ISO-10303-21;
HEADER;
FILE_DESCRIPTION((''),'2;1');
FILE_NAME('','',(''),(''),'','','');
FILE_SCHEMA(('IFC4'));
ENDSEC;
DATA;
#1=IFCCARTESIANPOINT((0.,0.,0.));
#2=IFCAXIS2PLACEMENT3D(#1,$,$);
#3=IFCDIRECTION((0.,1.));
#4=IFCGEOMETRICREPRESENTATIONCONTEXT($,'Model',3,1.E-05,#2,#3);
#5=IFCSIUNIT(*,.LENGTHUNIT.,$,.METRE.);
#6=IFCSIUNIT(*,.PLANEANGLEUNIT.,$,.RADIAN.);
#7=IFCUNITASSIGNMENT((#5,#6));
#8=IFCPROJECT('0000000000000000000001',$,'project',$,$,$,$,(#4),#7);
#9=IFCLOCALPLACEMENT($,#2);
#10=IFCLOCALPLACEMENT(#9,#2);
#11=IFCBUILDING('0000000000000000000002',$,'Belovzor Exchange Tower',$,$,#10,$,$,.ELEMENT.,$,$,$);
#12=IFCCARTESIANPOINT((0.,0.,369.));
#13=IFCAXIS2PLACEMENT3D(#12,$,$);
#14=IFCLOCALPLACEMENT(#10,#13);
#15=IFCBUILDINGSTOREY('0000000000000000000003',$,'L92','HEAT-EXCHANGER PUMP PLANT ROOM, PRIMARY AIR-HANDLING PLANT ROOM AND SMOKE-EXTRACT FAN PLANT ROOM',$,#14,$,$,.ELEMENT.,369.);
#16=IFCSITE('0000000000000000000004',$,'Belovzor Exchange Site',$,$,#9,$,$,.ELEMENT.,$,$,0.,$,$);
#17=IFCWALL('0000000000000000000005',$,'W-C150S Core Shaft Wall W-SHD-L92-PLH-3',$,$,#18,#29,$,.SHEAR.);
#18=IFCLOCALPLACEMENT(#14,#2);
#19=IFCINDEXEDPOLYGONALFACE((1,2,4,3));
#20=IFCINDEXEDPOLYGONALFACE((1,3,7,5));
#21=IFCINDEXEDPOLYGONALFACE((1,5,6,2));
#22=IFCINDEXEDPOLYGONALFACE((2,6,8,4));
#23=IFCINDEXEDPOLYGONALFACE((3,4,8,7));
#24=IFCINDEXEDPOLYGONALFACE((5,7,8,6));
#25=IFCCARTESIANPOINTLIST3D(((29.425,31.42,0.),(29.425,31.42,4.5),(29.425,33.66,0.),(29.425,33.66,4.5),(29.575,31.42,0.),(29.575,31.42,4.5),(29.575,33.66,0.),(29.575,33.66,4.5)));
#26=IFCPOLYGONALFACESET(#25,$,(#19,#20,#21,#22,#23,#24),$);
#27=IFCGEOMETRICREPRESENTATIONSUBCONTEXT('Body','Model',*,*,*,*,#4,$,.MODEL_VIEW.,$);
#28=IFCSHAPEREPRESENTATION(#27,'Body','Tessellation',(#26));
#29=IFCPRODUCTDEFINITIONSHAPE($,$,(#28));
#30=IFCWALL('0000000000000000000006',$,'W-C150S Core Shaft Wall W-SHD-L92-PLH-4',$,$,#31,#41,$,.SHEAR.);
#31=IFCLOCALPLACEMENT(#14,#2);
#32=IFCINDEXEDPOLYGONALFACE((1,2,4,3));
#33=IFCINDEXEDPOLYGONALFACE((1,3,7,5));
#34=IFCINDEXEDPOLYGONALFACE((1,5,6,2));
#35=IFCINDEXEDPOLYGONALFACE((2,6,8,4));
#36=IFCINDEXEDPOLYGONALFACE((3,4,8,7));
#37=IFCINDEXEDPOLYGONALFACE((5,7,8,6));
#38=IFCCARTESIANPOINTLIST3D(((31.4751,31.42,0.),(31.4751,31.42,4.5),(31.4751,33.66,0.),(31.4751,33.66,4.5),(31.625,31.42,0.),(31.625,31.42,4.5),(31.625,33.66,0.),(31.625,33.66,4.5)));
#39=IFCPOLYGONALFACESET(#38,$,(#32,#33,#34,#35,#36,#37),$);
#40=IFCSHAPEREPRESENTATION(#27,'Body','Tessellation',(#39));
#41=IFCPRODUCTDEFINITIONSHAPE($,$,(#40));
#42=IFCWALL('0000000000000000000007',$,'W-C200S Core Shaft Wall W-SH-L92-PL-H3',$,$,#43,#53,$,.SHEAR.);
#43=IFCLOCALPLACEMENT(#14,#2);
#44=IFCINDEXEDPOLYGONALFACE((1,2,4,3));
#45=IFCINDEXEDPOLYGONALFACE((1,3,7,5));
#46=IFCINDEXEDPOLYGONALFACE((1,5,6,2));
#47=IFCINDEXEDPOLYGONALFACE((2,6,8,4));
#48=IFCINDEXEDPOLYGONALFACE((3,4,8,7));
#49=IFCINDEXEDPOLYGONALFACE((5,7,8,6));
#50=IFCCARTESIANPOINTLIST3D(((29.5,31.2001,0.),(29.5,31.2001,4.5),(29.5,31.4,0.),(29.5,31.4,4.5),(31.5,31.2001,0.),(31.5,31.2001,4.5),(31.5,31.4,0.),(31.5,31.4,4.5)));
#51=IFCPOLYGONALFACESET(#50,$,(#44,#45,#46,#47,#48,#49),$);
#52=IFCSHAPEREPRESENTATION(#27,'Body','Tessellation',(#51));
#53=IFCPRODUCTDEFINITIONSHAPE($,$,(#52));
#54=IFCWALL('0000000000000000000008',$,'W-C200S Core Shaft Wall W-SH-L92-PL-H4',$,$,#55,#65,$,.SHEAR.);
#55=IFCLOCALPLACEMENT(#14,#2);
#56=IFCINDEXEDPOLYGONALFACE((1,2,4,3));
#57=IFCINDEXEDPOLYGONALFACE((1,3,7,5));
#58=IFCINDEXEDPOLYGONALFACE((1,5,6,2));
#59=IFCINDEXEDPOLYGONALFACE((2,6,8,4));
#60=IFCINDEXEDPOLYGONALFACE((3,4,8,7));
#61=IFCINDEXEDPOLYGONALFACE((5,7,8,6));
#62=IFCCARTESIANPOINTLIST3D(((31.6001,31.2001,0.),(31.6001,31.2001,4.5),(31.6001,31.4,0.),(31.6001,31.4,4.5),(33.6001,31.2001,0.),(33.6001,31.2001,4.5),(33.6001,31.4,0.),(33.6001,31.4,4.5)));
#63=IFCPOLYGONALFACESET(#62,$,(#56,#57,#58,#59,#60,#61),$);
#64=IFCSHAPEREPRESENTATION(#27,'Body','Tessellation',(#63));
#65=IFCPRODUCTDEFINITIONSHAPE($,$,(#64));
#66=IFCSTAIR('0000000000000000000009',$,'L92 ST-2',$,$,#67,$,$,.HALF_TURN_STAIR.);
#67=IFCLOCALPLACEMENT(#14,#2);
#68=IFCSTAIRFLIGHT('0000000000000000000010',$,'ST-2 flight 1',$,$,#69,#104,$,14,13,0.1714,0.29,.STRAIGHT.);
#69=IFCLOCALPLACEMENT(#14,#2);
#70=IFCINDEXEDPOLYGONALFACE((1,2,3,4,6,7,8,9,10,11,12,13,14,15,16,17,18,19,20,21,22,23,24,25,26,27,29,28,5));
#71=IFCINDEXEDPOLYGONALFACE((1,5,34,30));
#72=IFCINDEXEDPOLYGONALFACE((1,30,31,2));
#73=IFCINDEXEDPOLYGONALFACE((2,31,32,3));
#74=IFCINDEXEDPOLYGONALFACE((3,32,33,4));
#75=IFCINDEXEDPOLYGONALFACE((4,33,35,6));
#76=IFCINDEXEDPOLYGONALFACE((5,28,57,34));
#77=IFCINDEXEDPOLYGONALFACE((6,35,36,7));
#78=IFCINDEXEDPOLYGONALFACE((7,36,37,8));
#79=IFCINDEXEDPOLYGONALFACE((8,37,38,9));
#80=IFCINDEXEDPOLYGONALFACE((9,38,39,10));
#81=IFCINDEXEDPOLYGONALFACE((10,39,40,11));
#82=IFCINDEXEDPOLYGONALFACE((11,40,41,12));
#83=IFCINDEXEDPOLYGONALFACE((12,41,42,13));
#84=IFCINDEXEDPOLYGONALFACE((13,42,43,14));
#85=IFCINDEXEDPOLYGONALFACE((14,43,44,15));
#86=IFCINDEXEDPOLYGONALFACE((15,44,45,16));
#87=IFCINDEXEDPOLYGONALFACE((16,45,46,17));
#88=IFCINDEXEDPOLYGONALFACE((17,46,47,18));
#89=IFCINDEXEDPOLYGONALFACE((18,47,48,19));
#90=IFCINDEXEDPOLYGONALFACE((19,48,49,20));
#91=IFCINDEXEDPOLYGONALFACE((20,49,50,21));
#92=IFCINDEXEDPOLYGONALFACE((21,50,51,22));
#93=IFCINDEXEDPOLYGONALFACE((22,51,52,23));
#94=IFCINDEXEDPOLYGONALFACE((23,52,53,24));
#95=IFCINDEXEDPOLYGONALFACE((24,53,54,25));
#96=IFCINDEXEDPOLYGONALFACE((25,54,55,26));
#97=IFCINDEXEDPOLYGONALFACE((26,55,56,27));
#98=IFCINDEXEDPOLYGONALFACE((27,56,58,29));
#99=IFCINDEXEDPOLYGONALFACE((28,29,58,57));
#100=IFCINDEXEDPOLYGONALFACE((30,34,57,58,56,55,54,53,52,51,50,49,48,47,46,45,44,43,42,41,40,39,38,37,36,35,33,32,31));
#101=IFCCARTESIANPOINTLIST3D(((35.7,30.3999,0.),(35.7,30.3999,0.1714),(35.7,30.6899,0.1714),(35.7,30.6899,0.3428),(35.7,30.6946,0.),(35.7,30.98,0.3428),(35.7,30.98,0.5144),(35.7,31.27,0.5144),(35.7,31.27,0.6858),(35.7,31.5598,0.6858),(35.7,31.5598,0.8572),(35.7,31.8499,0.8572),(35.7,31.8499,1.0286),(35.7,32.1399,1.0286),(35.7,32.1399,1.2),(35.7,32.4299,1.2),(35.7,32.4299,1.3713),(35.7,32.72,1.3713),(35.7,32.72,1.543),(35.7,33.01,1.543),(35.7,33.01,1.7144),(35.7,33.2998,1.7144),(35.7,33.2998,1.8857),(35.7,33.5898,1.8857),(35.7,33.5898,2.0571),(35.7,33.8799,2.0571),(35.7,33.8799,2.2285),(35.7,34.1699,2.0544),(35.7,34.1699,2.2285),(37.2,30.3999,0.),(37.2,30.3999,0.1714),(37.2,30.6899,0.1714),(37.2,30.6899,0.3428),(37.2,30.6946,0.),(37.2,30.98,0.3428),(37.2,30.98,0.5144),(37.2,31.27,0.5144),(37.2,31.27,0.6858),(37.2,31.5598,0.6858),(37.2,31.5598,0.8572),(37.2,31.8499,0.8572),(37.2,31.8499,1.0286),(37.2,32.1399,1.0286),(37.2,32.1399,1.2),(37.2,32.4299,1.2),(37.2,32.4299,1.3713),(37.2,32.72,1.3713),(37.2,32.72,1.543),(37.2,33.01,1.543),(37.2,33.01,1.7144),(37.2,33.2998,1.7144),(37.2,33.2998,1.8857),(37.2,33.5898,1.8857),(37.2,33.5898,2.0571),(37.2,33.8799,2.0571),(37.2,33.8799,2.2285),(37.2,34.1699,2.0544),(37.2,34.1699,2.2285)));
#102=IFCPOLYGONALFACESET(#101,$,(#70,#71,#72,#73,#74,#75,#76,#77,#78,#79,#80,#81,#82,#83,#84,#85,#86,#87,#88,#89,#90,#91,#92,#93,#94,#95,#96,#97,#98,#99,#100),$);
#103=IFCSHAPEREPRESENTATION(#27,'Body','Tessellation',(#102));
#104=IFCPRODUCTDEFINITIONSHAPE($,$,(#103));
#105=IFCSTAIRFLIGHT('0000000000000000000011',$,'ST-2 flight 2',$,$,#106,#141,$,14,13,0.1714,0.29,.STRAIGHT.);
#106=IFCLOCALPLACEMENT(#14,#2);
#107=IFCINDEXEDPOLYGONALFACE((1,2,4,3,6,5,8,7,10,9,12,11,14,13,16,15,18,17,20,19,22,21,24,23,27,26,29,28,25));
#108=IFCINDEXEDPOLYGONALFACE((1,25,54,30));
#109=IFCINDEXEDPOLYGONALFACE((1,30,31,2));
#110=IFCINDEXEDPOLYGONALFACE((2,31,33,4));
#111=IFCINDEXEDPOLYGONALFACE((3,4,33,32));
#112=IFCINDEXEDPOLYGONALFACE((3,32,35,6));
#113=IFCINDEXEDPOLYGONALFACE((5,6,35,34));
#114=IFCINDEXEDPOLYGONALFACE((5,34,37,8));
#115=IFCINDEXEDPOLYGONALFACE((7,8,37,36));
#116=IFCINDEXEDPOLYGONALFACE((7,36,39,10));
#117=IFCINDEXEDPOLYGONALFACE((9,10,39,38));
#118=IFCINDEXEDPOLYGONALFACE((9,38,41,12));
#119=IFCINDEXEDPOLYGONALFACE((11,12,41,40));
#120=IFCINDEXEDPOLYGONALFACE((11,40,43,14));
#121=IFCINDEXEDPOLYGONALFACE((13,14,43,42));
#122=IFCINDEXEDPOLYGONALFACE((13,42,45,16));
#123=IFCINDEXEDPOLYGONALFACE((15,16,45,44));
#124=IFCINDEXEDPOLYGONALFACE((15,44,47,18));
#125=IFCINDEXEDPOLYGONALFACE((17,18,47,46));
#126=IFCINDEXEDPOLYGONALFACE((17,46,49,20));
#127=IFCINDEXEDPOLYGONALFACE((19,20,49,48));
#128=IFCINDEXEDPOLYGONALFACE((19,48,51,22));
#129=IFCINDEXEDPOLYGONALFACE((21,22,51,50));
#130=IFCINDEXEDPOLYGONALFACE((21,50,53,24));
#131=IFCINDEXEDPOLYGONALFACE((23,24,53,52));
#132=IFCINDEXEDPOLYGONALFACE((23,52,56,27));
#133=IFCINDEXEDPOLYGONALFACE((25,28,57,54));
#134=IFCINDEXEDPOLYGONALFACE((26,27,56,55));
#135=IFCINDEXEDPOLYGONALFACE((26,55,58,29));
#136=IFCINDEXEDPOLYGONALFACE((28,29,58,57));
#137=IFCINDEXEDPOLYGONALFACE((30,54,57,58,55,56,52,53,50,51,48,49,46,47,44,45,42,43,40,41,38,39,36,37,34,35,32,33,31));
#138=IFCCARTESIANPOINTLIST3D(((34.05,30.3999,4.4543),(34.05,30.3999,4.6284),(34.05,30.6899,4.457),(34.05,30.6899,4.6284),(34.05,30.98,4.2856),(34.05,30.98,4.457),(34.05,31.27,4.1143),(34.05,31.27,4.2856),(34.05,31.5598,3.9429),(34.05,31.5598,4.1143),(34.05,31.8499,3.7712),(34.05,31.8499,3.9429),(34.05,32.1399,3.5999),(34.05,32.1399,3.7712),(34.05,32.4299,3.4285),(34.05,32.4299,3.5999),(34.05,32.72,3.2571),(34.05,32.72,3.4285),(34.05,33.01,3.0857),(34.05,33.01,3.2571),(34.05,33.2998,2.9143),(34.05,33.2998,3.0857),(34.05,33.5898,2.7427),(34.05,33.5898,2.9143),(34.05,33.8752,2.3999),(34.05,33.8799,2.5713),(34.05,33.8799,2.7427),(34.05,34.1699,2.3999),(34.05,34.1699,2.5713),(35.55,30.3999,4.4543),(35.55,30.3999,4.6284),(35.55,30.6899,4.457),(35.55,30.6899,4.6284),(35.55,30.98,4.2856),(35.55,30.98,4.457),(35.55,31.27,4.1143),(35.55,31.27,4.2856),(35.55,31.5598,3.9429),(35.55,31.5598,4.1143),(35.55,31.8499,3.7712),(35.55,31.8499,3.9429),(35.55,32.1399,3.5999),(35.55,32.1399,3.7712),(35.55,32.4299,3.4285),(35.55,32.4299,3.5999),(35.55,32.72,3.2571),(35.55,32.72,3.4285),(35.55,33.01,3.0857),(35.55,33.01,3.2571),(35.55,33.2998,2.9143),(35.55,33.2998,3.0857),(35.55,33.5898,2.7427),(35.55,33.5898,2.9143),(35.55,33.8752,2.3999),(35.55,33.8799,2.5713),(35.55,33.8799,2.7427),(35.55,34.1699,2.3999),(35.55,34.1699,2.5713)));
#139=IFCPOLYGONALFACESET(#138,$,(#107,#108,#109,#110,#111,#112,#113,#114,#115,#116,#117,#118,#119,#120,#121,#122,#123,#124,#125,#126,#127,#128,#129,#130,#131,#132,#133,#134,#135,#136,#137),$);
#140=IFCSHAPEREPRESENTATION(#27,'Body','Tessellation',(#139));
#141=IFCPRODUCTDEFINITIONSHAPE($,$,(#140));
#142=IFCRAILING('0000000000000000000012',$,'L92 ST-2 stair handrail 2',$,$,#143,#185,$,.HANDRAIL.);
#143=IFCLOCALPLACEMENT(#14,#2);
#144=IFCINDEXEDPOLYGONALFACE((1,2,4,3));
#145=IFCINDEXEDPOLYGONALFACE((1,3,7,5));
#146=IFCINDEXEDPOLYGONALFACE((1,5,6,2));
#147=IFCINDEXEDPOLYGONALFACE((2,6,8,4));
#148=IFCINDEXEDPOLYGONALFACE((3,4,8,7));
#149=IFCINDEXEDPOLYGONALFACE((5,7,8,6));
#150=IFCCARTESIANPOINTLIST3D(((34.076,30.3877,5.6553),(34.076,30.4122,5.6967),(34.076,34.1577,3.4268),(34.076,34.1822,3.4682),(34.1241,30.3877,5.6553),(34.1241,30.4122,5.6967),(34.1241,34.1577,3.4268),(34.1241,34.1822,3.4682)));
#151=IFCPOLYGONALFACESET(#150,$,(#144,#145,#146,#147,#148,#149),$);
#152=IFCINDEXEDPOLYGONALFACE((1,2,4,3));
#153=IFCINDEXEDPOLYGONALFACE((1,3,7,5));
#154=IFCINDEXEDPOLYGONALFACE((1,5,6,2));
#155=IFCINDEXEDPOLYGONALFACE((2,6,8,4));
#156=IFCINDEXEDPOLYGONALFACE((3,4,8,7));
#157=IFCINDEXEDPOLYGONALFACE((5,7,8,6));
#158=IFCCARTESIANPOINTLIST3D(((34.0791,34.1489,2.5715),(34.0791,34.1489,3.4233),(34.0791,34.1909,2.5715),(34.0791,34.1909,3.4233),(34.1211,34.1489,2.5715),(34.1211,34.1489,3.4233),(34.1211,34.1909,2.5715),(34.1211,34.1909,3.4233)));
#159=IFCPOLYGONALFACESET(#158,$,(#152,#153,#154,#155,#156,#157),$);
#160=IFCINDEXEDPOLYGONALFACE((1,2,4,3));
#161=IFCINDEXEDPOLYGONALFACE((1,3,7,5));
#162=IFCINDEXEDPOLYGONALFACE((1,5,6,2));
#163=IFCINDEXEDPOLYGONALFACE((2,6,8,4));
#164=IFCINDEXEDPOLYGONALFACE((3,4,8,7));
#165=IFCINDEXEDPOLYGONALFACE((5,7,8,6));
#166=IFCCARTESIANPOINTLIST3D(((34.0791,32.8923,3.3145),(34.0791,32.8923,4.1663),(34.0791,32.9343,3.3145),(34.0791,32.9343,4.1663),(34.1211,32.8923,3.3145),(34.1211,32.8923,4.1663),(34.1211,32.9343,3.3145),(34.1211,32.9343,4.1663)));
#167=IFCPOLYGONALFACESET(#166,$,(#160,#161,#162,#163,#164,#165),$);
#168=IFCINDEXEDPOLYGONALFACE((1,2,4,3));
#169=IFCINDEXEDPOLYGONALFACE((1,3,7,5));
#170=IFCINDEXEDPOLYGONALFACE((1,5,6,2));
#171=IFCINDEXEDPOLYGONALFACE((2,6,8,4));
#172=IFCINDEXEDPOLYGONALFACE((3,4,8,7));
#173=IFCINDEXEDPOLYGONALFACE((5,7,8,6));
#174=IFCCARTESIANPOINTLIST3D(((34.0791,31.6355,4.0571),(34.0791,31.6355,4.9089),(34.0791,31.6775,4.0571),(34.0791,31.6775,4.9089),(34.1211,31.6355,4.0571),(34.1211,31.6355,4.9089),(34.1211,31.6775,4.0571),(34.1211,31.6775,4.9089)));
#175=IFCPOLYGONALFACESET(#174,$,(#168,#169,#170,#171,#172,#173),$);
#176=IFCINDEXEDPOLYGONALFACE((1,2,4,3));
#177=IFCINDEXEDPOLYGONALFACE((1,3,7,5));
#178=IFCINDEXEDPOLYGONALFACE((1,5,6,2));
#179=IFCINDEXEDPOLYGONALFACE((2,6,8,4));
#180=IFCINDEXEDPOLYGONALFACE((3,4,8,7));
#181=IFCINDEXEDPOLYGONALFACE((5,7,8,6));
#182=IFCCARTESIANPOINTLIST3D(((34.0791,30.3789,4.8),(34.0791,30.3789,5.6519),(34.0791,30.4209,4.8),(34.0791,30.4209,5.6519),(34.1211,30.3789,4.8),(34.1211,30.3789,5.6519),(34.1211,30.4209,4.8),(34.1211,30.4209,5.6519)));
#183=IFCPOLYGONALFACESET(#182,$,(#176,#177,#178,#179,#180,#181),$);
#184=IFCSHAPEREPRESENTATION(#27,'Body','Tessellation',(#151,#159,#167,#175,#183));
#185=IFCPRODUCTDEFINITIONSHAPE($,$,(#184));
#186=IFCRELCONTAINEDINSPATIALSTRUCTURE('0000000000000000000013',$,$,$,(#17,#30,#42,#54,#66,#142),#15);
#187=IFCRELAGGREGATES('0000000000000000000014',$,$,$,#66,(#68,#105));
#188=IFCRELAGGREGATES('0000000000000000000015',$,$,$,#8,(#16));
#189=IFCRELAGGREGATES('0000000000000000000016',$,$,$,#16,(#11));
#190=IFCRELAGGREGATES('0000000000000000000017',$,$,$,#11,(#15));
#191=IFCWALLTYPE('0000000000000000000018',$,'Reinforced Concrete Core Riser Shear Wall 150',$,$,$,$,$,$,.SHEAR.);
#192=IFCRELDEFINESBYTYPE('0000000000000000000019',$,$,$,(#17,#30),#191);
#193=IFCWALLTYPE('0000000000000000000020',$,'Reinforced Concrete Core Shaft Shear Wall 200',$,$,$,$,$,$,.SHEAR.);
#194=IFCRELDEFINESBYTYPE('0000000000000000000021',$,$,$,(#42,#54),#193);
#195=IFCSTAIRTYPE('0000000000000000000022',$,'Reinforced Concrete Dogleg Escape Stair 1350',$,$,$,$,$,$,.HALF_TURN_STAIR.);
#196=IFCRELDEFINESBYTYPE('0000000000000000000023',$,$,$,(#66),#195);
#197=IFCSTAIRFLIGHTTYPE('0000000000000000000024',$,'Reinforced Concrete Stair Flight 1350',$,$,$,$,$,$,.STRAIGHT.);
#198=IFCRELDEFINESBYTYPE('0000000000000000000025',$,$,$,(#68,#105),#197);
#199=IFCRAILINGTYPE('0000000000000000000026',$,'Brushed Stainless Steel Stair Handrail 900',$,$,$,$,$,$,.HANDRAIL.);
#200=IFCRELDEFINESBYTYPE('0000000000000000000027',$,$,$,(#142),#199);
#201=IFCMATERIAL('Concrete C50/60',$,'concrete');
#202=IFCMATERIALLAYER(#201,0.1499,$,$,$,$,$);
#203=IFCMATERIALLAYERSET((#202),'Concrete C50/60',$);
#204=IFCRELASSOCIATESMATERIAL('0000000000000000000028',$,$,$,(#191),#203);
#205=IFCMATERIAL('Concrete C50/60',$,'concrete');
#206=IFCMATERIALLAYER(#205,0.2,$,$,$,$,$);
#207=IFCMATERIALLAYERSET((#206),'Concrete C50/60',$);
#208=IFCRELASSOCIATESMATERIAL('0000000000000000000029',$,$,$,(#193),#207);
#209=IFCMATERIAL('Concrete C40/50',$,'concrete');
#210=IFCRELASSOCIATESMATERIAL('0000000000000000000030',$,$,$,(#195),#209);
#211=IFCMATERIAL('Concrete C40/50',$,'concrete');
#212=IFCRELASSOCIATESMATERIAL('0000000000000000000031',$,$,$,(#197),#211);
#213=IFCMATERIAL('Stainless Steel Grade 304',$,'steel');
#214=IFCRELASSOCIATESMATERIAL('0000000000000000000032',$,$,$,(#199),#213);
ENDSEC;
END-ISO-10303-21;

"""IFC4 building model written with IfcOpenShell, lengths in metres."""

from ifc_helpers import new_model, si_unit, direction, frame, frame_2d, origin, origin_2d, place, context, subcontext, project, spatial, polyline, rectangle, outline, extrude, material, layer, layer_set, type_object, element, aggregate, save


model = new_model("IFC4")

# Units and contexts
model_context = context("Model", 3, precision=1e-05, world=origin(), true_north=direction((0.0, 1.0)))
body_context = subcontext(model_context, "Body", "Model", "MODEL_VIEW")
ifc_project = project(units=[si_unit("LENGTHUNIT", "METRE"), si_unit("PLANEANGLEUNIT", "RADIAN")], contexts=[model_context])

# Site, building, storey
site_placement = place(None, origin())
site = spatial("IfcSite", under=ifc_project, at=site_placement, Name="Belovzor Exchange Site", CompositionType="ELEMENT", RefElevation=0.0)
building_placement = place(site_placement, origin())
building = spatial("IfcBuilding", under=site, at=building_placement, Name="Belovzor Exchange Tower", CompositionType="ELEMENT")
storey_placement = place(building_placement, frame((0.0, 0.0, 369.0)))
storey = spatial("IfcBuildingStorey", under=building, at=storey_placement, Name="L92", Description="HEAT-EXCHANGER PUMP PLANT ROOM, PRIMARY AIR-HANDLING PLANT ROOM AND SMOKE-EXTRACT FAN PLANT ROOM", CompositionType="ELEMENT", Elevation=369.0)

# Walls
ifc_material_1 = material(Name="Concrete C50/60", Category="concrete")
ifc_layer_1 = layer(ifc_material_1, 0.1499)
ifc_layer_set_1 = layer_set([ifc_layer_1], Name="Concrete C50/60")
wall_type_1 = type_object("IfcWallType", Name="Reinforced Concrete Core Riser Shear Wall 150", PredefinedType="SHEAR", material=ifc_layer_set_1)
for number, where, z_axis, x_axis, name in (
    (1, (29.5, 31.4199, 0.0), (0.0, 0.0, 1.0), (0.0, 1.0, 0.0), "W-C150S Core Shaft Wall W-SHD-L92-PLH-3"),
    (2, (31.55, 31.4199, 0.0), (0.0, 0.0, 1.0), (0.0, 1.0, 0.0), "W-C150S Core Shaft Wall W-SHD-L92-PLH-4"),
):
    element("IfcWall", number, at=place(storey_placement, frame(where, z_axis=z_axis, x_axis=x_axis)), inside=storey, type_object=wall_type_1, Name=name, PredefinedType="SHEAR", context=body_context, shape_type="SweptSolid", body=[
        extrude(rectangle(XDim=2.24, YDim=0.1499, at=frame_2d((1.1201, 0.0))), origin(), (0.0, 0.0, 1.0), 4.5),
    ])
ifc_material_2 = material(Name="Concrete C50/60", Category="concrete")
ifc_layer_2 = layer(ifc_material_2, 0.2)
ifc_layer_set_2 = layer_set([ifc_layer_2], Name="Concrete C50/60")
wall_type_2 = type_object("IfcWallType", Name="Reinforced Concrete Core Shaft Shear Wall 200", PredefinedType="SHEAR", material=ifc_layer_set_2)
for number, where, z_axis, x_axis, name in (
    (3, (29.5, 31.3, 0.0), (0.0, 0.0, 1.0), (1.0, 0.0, 0.0), "W-C200S Core Shaft Wall W-SH-L92-PL-H3"),
    (4, (31.6001, 31.3, 0.0), (0.0, 0.0, 1.0), (1.0, 0.0, 0.0), "W-C200S Core Shaft Wall W-SH-L92-PL-H4"),
):
    element("IfcWall", number, at=place(storey_placement, frame(where, z_axis=z_axis, x_axis=x_axis)), inside=storey, type_object=wall_type_2, Name=name, PredefinedType="SHEAR", context=body_context, shape_type="SweptSolid", body=[
        extrude(rectangle(XDim=2.0, YDim=0.2, at=frame_2d((1.0, 0.0))), origin(), (0.0, 0.0, 1.0), 4.5),
    ])

# Stair, stair flights
ifc_material_3 = material(Name="Concrete C40/50", Category="concrete")
stair_type = type_object("IfcStairType", Name="Reinforced Concrete Dogleg Escape Stair 1350", PredefinedType="HALF_TURN_STAIR", material=ifc_material_3)
stair_placement = place(storey_placement, origin())
stair = element("IfcStair", 5, at=stair_placement, inside=storey, type_object=stair_type, Name="L92 ST-2", PredefinedType="HALF_TURN_STAIR")
ifc_material_4 = material(Name="Concrete C40/50", Category="concrete")
stair_flight_type = type_object("IfcStairFlightType", Name="Reinforced Concrete Stair Flight 1350", PredefinedType="STRAIGHT", material=ifc_material_4)
stair_flight_1_placement = place(storey_placement, frame((36.45, 30.3999, 0.0), z_axis=(0.0, 0.0, 1.0), x_axis=(0.0, 1.0, 0.0)))
stair_flight_1 = element("IfcStairFlight", 6, at=stair_flight_1_placement, type_object=stair_flight_type, Name="ST-2 flight 1", NumberOfRisers=14, NumberOfTreads=13, PredefinedType="STRAIGHT", RiserHeight=0.1714, TreadLength=0.29, context=body_context, shape_type="SweptSolid", body=[
    extrude(outline(polyline([(0.0, 0.0), (0.0, 0.1714), (0.29, 0.1714), (0.29, 0.3428), (0.5801, 0.3428), (0.5801, 0.5144), (0.8701, 0.5144), (0.8701, 0.6858), (1.1599, 0.6858), (1.1599, 0.8572), (1.45, 0.8572), (1.45, 1.0286), (1.74, 1.0286), (1.74, 1.2), (2.03, 1.2), (2.03, 1.3713), (2.3201, 1.3713), (2.3201, 1.543), (2.6101, 1.543), (2.6101, 1.7144), (2.8999, 1.7144), (2.8999, 1.8857), (3.1899, 1.8857), (3.1899, 2.0571), (3.48, 2.0571), (3.48, 2.2285), (3.77, 2.2285), (3.77, 2.3999), (3.77, 2.0544), (0.2947, 0.0), (0.0, 0.0)])), frame((0.0, 0.75, 0.0), z_axis=(0.0, -1.0, 0.0), x_axis=(1.0, 0.0, 0.0)), (0.0, 0.0, 1.0), 1.5),
])
stair_flight_2_placement = place(storey_placement, frame((34.8, 34.1699, 2.3999), z_axis=(0.0, 0.0, 1.0), x_axis=(0.0, -1.0, 0.0)))
stair_flight_2 = element("IfcStairFlight", 7, at=stair_flight_2_placement, type_object=stair_flight_type, Name="ST-2 flight 2", NumberOfRisers=14, NumberOfTreads=13, PredefinedType="STRAIGHT", RiserHeight=0.1714, TreadLength=0.29, context=body_context, shape_type="SweptSolid", body=[
    extrude(outline(polyline([(0.0, 0.0), (0.0, 0.1714), (0.29, 0.1714), (0.29, 0.3428), (0.5801, 0.3428), (0.5801, 0.5144), (0.8701, 0.5144), (0.8701, 0.6858), (1.1599, 0.6858), (1.1599, 0.8572), (1.45, 0.8572), (1.45, 1.0286), (1.74, 1.0286), (1.74, 1.2), (2.03, 1.2), (2.03, 1.3713), (2.3201, 1.3713), (2.3201, 1.543), (2.6101, 1.543), (2.6101, 1.7144), (2.8999, 1.7144), (2.8999, 1.8857), (3.1899, 1.8857), (3.1899, 2.0571), (3.48, 2.0571), (3.48, 2.2285), (3.77, 2.2285), (3.77, 2.3999), (3.77, 2.0544), (0.2947, 0.0), (0.0, 0.0)])), frame((0.0, 0.75, 0.0), z_axis=(0.0, -1.0, 0.0), x_axis=(1.0, 0.0, 0.0)), (0.0, 0.0, 1.0), 1.5),
])
aggregate(stair, [stair_flight_1, stair_flight_2])

# Railing
ifc_material_5 = material(Name="Stainless Steel Grade 304", Category="steel")
railing_type_1 = type_object("IfcRailingType", Name="Brushed Stainless Steel Stair Handrail 900", PredefinedType="HANDRAIL", material=ifc_material_5)
railing_1_placement = place(storey_placement, frame((34.1001, 34.1699, 2.5715)))
element("IfcRailing", 8, at=railing_1_placement, inside=storey, type_object=railing_type_1, Name="L92 ST-2 stair handrail 2", PredefinedType="HANDRAIL", context=body_context, shape_type="SweptSolid", body=[
    extrude(rectangle(XDim=0.0481, YDim=0.0481, at=origin_2d()), frame((0.0, 0.0, 0.876), z_axis=(0.0, -0.860849, 0.508861), x_axis=(1.0, 0.0, 0.0)), (0.0, 0.0, 1.0), 4.3794),
    extrude(rectangle(XDim=0.042, YDim=0.042, at=origin_2d()), origin(), (0.0, 0.0, 1.0), 0.8518),
    extrude(rectangle(XDim=0.042, YDim=0.042, at=origin_2d()), frame((0.0, -1.2566, 0.7429)), (0.0, 0.0, 1.0), 0.8518),
    extrude(rectangle(XDim=0.042, YDim=0.042, at=origin_2d()), frame((0.0, -2.5134, 1.4856)), (0.0, 0.0, 1.0), 0.8518),
    extrude(rectangle(XDim=0.042, YDim=0.042, at=origin_2d()), frame((0.0, -3.77, 2.2285)), (0.0, 0.0, 1.0), 0.8518),
])

save(model, "model.ifc")
